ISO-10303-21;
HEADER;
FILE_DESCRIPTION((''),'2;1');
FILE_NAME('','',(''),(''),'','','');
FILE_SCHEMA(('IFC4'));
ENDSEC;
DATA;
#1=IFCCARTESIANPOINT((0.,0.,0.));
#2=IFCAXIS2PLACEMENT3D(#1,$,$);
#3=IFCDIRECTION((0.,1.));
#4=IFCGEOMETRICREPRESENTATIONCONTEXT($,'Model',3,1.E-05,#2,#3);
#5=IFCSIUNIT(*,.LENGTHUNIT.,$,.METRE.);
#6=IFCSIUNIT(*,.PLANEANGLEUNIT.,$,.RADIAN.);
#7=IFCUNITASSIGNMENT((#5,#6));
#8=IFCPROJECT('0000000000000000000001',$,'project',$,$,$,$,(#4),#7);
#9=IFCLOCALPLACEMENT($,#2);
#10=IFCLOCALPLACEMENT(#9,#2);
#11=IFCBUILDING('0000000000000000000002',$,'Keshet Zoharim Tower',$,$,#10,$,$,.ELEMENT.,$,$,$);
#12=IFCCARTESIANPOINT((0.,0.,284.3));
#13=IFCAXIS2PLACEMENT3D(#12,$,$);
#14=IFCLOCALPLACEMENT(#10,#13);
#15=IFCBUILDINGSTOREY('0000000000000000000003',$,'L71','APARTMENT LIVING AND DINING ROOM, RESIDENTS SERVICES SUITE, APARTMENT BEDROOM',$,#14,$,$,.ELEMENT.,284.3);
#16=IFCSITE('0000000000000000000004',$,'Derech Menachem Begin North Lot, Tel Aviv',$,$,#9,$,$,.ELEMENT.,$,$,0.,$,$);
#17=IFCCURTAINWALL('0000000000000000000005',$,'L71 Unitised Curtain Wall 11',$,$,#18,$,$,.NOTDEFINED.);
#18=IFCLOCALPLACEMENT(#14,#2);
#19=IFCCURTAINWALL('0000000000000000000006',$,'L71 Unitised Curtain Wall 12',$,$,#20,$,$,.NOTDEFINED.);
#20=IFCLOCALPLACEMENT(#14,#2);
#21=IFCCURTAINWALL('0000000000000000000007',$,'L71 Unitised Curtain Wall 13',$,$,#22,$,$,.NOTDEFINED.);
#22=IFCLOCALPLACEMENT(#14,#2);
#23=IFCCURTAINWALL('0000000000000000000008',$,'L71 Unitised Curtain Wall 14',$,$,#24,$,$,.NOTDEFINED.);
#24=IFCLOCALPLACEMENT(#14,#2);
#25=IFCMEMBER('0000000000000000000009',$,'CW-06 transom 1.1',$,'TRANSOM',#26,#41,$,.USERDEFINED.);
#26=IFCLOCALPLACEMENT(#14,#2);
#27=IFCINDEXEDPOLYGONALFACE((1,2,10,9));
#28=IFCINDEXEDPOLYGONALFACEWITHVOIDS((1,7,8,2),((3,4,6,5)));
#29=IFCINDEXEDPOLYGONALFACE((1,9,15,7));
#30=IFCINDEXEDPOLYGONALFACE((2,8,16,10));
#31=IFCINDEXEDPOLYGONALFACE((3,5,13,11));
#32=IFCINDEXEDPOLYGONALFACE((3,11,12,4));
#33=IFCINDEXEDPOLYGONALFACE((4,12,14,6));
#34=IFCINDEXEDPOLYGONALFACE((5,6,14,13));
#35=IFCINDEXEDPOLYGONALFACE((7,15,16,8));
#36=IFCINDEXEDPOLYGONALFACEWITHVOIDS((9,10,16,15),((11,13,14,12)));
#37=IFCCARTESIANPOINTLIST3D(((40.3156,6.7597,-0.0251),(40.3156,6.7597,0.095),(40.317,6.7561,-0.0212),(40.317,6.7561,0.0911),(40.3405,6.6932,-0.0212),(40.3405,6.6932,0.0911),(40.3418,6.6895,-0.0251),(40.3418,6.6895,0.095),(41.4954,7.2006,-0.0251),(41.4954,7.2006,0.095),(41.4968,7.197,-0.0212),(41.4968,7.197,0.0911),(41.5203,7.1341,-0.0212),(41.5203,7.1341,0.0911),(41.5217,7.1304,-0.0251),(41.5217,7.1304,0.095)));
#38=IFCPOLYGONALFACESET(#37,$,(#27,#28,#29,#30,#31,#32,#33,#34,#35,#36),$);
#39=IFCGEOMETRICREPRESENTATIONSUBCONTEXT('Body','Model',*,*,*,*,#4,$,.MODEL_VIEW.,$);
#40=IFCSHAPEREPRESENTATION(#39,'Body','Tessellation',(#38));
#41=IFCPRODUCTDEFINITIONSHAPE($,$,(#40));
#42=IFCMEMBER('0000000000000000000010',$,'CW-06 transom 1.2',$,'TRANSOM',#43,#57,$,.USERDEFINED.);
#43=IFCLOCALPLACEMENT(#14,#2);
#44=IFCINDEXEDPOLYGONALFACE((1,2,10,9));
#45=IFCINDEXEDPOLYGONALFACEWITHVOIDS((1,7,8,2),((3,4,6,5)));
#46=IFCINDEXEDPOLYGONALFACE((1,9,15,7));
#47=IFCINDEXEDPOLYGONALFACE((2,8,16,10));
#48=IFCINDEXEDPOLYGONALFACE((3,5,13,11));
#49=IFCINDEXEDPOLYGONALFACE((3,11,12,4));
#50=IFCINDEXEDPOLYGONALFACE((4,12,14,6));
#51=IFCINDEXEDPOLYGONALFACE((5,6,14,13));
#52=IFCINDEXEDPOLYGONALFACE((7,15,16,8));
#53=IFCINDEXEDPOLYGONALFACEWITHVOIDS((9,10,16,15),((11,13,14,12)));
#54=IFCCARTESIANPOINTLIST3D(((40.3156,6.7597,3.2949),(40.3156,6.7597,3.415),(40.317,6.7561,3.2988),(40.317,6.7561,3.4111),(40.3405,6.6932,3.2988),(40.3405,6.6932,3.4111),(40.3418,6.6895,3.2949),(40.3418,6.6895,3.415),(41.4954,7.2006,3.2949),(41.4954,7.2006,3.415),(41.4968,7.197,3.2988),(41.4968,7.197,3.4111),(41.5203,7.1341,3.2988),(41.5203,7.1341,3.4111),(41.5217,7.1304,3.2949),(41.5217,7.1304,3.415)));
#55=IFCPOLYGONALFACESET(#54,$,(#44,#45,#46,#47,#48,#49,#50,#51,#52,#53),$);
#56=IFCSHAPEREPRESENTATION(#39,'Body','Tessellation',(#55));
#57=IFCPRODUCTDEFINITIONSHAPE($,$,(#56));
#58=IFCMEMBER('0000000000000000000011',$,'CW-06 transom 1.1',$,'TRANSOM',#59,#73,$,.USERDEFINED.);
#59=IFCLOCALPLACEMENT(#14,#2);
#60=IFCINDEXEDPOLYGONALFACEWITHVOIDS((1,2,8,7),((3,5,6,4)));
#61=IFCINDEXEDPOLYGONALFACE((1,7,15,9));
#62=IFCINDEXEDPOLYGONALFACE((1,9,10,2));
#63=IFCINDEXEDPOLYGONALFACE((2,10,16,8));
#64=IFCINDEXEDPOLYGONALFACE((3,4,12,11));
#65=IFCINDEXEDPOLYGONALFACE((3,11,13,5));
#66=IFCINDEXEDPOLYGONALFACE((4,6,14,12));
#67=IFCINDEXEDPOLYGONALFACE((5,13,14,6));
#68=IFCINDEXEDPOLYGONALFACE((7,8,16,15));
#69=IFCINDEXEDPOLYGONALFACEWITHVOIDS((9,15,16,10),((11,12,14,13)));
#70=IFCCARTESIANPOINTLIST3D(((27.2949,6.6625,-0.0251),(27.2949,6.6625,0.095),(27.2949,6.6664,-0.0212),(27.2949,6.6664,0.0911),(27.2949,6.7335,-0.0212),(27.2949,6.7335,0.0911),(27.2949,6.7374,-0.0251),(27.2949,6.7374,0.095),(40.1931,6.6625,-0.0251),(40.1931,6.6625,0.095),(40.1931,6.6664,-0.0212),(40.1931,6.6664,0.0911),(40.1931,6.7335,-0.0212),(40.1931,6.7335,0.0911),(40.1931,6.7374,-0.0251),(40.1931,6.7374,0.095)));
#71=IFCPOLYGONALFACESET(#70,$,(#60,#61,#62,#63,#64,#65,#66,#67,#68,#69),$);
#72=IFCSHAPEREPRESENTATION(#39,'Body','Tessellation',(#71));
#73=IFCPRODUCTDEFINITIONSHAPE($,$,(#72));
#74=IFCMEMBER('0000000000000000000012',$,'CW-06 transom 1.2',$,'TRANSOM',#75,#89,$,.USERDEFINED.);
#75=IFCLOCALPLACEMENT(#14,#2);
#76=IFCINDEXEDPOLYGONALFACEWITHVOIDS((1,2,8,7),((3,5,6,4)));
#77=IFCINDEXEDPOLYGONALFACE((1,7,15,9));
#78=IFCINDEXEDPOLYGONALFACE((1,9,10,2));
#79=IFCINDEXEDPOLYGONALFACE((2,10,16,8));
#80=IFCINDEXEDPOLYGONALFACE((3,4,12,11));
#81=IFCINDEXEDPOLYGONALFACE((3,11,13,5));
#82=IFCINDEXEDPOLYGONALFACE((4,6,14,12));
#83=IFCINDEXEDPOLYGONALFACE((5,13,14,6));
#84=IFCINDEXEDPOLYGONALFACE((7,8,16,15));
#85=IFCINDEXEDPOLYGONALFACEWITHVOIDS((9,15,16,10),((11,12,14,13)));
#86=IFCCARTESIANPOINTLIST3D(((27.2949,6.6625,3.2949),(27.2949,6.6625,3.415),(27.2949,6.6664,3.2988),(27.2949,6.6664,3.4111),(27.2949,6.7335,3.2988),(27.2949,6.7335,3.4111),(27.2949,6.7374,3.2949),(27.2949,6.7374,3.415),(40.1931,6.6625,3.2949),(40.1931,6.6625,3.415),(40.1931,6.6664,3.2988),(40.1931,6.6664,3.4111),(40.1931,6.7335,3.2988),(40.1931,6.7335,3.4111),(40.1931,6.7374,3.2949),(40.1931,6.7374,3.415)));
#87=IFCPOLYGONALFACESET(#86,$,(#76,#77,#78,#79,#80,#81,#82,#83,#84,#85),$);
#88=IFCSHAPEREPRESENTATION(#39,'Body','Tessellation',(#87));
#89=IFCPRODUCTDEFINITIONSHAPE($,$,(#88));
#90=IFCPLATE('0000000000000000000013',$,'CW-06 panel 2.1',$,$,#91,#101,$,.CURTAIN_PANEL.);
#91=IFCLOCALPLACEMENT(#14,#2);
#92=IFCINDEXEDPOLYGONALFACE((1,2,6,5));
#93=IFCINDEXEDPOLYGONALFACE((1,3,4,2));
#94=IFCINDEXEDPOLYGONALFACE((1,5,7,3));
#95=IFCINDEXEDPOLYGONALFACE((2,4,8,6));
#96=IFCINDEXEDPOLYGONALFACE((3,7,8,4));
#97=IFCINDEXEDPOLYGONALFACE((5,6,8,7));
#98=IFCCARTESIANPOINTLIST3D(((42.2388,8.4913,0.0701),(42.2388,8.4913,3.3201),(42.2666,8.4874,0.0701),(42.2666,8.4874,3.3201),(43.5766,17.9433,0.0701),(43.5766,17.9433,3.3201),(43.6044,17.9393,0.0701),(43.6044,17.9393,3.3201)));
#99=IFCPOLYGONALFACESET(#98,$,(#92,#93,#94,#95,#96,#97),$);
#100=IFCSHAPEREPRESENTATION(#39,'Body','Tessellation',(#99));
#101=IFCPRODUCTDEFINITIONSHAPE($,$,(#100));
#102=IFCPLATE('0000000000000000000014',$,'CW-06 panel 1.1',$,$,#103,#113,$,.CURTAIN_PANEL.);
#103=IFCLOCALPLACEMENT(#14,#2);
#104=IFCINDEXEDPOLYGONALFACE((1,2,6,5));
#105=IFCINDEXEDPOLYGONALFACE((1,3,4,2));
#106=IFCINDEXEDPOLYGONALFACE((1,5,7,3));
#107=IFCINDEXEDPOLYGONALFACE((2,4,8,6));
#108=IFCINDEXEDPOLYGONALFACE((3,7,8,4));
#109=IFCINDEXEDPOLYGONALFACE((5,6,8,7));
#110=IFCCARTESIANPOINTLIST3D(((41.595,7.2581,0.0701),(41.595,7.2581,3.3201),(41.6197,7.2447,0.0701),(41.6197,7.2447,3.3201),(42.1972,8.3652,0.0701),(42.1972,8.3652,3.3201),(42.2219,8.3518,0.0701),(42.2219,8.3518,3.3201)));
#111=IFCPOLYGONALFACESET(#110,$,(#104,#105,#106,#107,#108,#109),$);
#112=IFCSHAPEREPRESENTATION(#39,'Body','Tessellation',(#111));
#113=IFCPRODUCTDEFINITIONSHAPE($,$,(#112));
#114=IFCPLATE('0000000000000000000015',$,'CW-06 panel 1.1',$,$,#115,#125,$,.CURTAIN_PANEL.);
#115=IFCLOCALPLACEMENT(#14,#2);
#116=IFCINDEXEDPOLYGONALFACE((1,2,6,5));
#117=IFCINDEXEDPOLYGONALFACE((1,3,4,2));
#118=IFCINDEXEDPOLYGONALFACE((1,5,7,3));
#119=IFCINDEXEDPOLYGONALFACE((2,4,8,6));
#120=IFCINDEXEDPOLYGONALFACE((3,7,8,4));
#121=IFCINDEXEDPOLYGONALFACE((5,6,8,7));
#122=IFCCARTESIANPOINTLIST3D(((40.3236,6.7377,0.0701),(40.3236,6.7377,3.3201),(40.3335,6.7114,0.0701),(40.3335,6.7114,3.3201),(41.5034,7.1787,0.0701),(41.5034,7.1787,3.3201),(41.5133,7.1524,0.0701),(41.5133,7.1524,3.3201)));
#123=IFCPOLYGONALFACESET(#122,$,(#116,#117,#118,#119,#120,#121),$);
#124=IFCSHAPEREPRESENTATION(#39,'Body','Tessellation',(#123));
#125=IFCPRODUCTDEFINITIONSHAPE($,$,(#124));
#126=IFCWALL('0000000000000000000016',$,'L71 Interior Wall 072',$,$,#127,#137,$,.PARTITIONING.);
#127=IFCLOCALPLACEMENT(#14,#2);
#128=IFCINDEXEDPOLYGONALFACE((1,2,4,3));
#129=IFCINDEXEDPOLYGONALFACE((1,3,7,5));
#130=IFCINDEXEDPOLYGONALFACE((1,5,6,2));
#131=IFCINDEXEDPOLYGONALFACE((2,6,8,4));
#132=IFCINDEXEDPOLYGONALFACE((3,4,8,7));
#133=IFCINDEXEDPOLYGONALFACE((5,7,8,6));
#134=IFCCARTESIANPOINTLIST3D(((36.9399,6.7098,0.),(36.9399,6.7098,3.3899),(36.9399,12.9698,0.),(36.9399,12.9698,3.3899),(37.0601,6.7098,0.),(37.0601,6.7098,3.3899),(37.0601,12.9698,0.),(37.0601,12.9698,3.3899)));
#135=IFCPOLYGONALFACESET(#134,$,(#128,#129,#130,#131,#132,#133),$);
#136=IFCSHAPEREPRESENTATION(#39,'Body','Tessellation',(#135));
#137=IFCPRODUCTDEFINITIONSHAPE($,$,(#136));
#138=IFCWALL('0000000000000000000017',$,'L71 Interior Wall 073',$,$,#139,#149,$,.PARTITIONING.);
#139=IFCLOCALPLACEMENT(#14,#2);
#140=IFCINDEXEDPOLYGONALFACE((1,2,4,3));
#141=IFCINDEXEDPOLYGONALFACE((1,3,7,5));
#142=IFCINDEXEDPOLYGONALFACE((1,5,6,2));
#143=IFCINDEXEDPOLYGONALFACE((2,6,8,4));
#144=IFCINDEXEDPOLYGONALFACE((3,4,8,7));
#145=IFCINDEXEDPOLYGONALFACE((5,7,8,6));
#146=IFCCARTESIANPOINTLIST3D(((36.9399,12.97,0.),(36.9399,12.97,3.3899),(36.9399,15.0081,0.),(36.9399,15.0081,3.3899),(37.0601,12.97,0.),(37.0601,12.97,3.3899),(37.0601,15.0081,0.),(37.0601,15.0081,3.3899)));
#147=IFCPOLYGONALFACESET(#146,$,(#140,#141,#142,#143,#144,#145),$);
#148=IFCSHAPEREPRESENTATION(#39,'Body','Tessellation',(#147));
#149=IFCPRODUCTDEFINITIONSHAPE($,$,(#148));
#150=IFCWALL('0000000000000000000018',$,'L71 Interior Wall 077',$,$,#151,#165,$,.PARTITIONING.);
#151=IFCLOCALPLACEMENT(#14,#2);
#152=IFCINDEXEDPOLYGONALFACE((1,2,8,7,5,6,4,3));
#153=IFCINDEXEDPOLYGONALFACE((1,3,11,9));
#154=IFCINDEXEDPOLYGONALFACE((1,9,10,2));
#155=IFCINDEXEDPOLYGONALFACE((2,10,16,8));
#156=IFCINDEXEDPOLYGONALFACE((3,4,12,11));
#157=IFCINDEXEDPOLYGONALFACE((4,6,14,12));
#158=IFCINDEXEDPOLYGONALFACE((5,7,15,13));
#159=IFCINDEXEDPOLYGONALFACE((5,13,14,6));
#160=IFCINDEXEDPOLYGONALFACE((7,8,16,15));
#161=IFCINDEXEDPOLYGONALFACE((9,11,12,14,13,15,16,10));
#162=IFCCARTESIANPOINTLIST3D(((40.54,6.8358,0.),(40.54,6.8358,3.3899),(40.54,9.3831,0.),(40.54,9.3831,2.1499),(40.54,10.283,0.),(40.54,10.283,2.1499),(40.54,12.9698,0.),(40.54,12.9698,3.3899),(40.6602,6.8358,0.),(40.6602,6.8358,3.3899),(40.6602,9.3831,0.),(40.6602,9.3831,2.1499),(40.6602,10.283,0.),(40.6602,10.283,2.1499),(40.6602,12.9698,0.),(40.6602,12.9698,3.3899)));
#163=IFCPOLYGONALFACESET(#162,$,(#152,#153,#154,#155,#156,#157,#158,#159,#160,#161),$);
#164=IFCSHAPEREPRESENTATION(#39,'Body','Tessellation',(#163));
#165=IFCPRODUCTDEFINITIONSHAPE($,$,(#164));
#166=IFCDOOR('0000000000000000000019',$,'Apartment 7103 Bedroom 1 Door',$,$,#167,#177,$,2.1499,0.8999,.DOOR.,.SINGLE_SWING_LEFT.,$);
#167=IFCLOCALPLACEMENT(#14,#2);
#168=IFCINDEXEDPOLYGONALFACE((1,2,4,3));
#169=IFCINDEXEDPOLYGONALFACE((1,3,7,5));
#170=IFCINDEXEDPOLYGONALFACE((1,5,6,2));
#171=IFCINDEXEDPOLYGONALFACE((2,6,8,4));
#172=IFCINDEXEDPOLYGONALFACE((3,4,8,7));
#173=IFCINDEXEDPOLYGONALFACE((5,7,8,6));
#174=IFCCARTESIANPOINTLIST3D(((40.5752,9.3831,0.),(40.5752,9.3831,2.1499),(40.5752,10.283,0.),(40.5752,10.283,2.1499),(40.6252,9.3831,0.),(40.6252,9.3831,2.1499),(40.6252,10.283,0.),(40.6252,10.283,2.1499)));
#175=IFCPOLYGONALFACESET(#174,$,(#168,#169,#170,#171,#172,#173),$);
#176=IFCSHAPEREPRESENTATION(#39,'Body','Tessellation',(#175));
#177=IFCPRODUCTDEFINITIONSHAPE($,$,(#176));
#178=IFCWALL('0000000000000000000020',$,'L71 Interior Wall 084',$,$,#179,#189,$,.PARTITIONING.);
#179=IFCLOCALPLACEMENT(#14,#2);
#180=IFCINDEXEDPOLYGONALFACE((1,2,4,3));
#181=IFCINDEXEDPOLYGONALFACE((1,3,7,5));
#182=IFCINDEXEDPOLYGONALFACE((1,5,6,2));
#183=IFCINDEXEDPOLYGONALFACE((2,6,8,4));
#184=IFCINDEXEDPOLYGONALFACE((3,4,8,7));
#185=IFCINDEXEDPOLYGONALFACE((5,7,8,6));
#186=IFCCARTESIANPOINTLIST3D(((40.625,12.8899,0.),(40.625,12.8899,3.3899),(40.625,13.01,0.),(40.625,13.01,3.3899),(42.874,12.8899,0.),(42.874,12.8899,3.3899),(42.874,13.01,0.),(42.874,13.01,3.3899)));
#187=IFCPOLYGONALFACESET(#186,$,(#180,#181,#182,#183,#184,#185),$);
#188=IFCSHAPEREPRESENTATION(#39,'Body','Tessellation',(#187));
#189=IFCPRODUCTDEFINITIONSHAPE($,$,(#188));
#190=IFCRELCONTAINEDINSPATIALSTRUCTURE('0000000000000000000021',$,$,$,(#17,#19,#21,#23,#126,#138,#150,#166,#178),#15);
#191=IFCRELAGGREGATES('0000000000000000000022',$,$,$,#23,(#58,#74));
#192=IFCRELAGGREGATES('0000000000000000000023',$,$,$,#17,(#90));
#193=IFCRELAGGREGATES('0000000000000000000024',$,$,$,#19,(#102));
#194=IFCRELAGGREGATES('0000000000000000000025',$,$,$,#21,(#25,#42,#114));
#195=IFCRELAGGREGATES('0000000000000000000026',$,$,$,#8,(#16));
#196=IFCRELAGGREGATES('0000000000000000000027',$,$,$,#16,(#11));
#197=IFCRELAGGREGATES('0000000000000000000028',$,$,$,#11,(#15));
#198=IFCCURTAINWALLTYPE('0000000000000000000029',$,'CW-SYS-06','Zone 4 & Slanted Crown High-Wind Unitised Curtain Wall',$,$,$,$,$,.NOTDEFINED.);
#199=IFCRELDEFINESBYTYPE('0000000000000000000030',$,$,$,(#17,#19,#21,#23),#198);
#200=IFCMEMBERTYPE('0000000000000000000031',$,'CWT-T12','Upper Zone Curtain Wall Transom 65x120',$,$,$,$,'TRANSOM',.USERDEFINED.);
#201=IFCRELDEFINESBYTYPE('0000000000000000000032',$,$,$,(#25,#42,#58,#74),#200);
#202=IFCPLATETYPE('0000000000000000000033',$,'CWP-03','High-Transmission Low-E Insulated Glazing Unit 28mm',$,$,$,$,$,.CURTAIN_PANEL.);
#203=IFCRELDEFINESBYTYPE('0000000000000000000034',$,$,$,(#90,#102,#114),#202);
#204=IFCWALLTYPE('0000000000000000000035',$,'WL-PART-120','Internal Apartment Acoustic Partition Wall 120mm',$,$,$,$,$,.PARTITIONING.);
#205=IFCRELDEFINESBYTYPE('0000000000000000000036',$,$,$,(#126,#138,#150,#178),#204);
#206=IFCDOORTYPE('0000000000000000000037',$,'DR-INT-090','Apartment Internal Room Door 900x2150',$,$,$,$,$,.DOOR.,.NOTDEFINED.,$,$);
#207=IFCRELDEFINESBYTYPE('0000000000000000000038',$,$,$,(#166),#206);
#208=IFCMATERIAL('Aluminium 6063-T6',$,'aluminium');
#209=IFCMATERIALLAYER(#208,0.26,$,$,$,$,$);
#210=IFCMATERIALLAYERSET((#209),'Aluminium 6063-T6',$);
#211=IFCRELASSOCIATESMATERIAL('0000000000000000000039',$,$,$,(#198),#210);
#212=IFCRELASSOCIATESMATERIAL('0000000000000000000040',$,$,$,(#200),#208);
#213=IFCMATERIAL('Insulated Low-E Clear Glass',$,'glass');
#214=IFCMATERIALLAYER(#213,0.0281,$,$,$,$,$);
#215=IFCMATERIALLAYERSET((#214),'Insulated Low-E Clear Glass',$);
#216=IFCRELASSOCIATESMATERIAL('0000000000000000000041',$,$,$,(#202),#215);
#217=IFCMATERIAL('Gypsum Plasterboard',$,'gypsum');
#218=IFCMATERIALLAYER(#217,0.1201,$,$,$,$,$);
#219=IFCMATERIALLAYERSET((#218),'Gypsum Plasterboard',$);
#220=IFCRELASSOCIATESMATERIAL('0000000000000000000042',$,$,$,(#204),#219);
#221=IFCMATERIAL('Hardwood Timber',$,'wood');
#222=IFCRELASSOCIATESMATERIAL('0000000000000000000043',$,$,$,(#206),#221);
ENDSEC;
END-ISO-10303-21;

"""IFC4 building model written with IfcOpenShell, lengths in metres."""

from ifc_helpers import new_model, si_unit, direction, frame, frame_2d, origin, origin_2d, place, context, subcontext, project, spatial, rectangle, hollow_rectangle, extrude, material, layer, layer_set, material_profile, profile_set, type_object, element, fill, aggregate, save


model = new_model("IFC4")

# Units and contexts
model_context = context("Model", 3, precision=1e-05, world=origin(), true_north=direction((0.0, 1.0)))
body_context = subcontext(model_context, "Body", "Model", "MODEL_VIEW")
ifc_project = project(units=[si_unit("LENGTHUNIT", "METRE"), si_unit("PLANEANGLEUNIT", "RADIAN")], contexts=[model_context])

# Site, building, storey
site_placement = place(None, origin())
site = spatial("IfcSite", under=ifc_project, at=site_placement, Name="Derech Menachem Begin North Lot, Tel Aviv", CompositionType="ELEMENT", RefElevation=0.0)
building_placement = place(site_placement, origin())
building = spatial("IfcBuilding", under=site, at=building_placement, Name="Keshet Zoharim Tower", CompositionType="ELEMENT")
storey_placement = place(building_placement, frame((0.0, 0.0, 284.3)))
storey = spatial("IfcBuildingStorey", under=building, at=storey_placement, Name="L71", Description="APARTMENT LIVING AND DINING ROOM, RESIDENTS SERVICES SUITE, APARTMENT BEDROOM", CompositionType="ELEMENT", Elevation=284.3)

# Curtain wall
ifc_material_1 = material(Name="Aluminium 6063-T6", Category="aluminium")
ifc_layer_1 = layer(ifc_material_1, 0.26)
ifc_layer_set_1 = layer_set([ifc_layer_1], Name="Aluminium 6063-T6")
curtain_wall_type = type_object("IfcCurtainWallType", Name="CW-SYS-06", Description="Zone 4 & Slanted Crown High-Wind Unitised Curtain Wall", PredefinedType="NOTDEFINED", material=ifc_layer_set_1)
curtain_wall_1_placement = place(storey_placement, origin())
curtain_wall_1 = element("IfcCurtainWall", 1, at=curtain_wall_1_placement, inside=storey, type_object=curtain_wall_type, Name="L71 Unitised Curtain Wall 11", PredefinedType="NOTDEFINED")

# Curtain walls
curtain_wall_2_placement = place(storey_placement, origin())
curtain_wall_2 = element("IfcCurtainWall", 2, at=curtain_wall_2_placement, inside=storey, type_object=curtain_wall_type, Name="L71 Unitised Curtain Wall 12", PredefinedType="NOTDEFINED")
curtain_wall_3_placement = place(storey_placement, origin())
curtain_wall_3 = element("IfcCurtainWall", 3, at=curtain_wall_3_placement, inside=storey, type_object=curtain_wall_type, Name="L71 Unitised Curtain Wall 13", PredefinedType="NOTDEFINED")

# Curtain wall
curtain_wall_4_placement = place(storey_placement, origin())
curtain_wall_4 = element("IfcCurtainWall", 4, at=curtain_wall_4_placement, inside=storey, type_object=curtain_wall_type, Name="L71 Unitised Curtain Wall 14", PredefinedType="NOTDEFINED")

# Members
ifc_material_profile_1 = material_profile(ifc_material_1, hollow_rectangle(XDim=0.075, YDim=0.1201, WallThickness=0.0039, at=origin_2d()), Name="TRN-75x120")
ifc_profile_set_1 = profile_set([ifc_material_profile_1], Name="Aluminium 6063-T6")
member_type_1 = type_object("IfcMemberType", Name="CWT-T12", Description="Upper Zone Curtain Wall Transom 65x120", ElementType="TRANSOM", PredefinedType="USERDEFINED", material=ifc_profile_set_1)
member_1_placement = place(storey_placement, frame((41.5085, 7.1655, 0.0349), z_axis=(-0.936735, -0.35004, 0.0), x_axis=(0.35004, -0.936735, 0.0)))
member_1 = element("IfcMember", 5, at=member_1_placement, type_object=member_type_1, Name="CW-06 transom 1.1", ObjectType="TRANSOM", PredefinedType="USERDEFINED", context=body_context, shape_type="SweptSolid", body=[
    extrude(hollow_rectangle(XDim=0.075, YDim=0.1201, WallThickness=0.0039, at=origin_2d()), origin(), (0.0, 0.0, 1.0), 1.2595),
])
member_2_placement = place(storey_placement, frame((41.5085, 7.1655, 3.355), z_axis=(-0.936735, -0.35004, 0.0), x_axis=(0.35004, -0.936735, 0.0)))
member_2 = element("IfcMember", 6, at=member_2_placement, type_object=member_type_1, Name="CW-06 transom 1.2", ObjectType="TRANSOM", PredefinedType="USERDEFINED", context=body_context, shape_type="SweptSolid", body=[
    extrude(hollow_rectangle(XDim=0.075, YDim=0.1201, WallThickness=0.0039, at=origin_2d()), origin(), (0.0, 0.0, 1.0), 1.2595),
])
member_3_placement = place(storey_placement, frame((40.1931, 6.7, 0.0349), z_axis=(-1.0, 0.0, 0.0), x_axis=(0.0, -1.0, 0.0)))
member_3 = element("IfcMember", 7, at=member_3_placement, type_object=member_type_1, Name="CW-06 transom 1.1", ObjectType="TRANSOM", PredefinedType="USERDEFINED", context=body_context, shape_type="SweptSolid", body=[
    extrude(hollow_rectangle(XDim=0.075, YDim=0.1201, WallThickness=0.0039, at=origin_2d()), origin(), (0.0, 0.0, 1.0), 12.8982),
])
member_4_placement = place(storey_placement, frame((40.1931, 6.7, 3.355), z_axis=(-1.0, 0.0, 0.0), x_axis=(0.0, -1.0, 0.0)))
member_4 = element("IfcMember", 8, at=member_4_placement, type_object=member_type_1, Name="CW-06 transom 1.2", ObjectType="TRANSOM", PredefinedType="USERDEFINED", context=body_context, shape_type="SweptSolid", body=[
    extrude(hollow_rectangle(XDim=0.075, YDim=0.1201, WallThickness=0.0039, at=origin_2d()), origin(), (0.0, 0.0, 1.0), 12.8982),
])
aggregate(curtain_wall_4, [member_3, member_4])

# Plates
ifc_material_2 = material(Name="Insulated Low-E Clear Glass", Category="glass")
ifc_layer_2 = layer(ifc_material_2, 0.0281)
ifc_layer_set_2 = layer_set([ifc_layer_2], Name="Insulated Low-E Clear Glass")
plate_type = type_object("IfcPlateType", Name="CWP-03", Description="High-Transmission Low-E Insulated Glazing Unit 28mm", PredefinedType="CURTAIN_PANEL", material=ifc_layer_set_2)
plate_1_placement = place(storey_placement, frame((42.9216, 13.2153, 0.0701), z_axis=(0.0, 0.0, 1.0), x_axis=(-0.140137, -0.990132, 0.0)))
plate_1 = element("IfcPlate", 9, at=plate_1_placement, type_object=plate_type, Name="CW-06 panel 2.1", PredefinedType="CURTAIN_PANEL", context=body_context, shape_type="SweptSolid", body=[
    extrude(rectangle(XDim=9.5461, YDim=0.0281, at=origin_2d()), origin(), (0.0, 0.0, 1.0), 3.25),
])
aggregate(curtain_wall_1, [plate_1])
plate_2_placement = place(storey_placement, frame((41.9084, 7.8049, 0.0701), z_axis=(0.0, 0.0, 1.0), x_axis=(-0.477801, -0.878468, 0.0)))
plate_2 = element("IfcPlate", 10, at=plate_2_placement, type_object=plate_type, Name="CW-06 panel 1.1", PredefinedType="CURTAIN_PANEL", context=body_context, shape_type="SweptSolid", body=[
    extrude(rectangle(XDim=1.2603, YDim=0.0281, at=origin_2d()), origin(), (0.0, 0.0, 1.0), 3.25),
])
aggregate(curtain_wall_2, [plate_2])
plate_3_placement = place(storey_placement, frame((40.9185, 6.9451, 0.0701), z_axis=(0.0, 0.0, 1.0), x_axis=(-0.93671, -0.350105, 0.0)))
plate_3 = element("IfcPlate", 11, at=plate_3_placement, type_object=plate_type, Name="CW-06 panel 1.1", PredefinedType="CURTAIN_PANEL", context=body_context, shape_type="SweptSolid", body=[
    extrude(rectangle(XDim=1.2595, YDim=0.0281, at=origin_2d()), origin(), (0.0, 0.0, 1.0), 3.25),
])
aggregate(curtain_wall_3, [member_1, member_2, plate_3])

# Walls
ifc_material_3 = material(Name="Gypsum Plasterboard", Category="gypsum")
ifc_layer_3 = layer(ifc_material_3, 0.1201)
ifc_layer_set_3 = layer_set([ifc_layer_3], Name="Gypsum Plasterboard")
wall_type_1 = type_object("IfcWallType", Name="WL-PART-120", Description="Internal Apartment Acoustic Partition Wall 120mm", PredefinedType="PARTITIONING", material=ifc_layer_set_3)
wall_1_placement = place(storey_placement, frame((37.0, 6.71, 0.0), z_axis=(0.0, 0.0, 1.0), x_axis=(0.0, 1.0, 0.0)))
element("IfcWall", 12, at=wall_1_placement, inside=storey, type_object=wall_type_1, Name="L71 Interior Wall 072", PredefinedType="PARTITIONING", context=body_context, shape_type="SweptSolid", body=[
    extrude(rectangle(XDim=6.26, YDim=0.1201, at=frame_2d((3.1299, 0.0))), origin(), (0.0, 0.0, 1.0), 3.3899),
])
wall_2_placement = place(storey_placement, frame((37.0, 12.97, 0.0), z_axis=(0.0, 0.0, 1.0), x_axis=(0.0, 1.0, 0.0)))
element("IfcWall", 13, at=wall_2_placement, inside=storey, type_object=wall_type_1, Name="L71 Interior Wall 073", PredefinedType="PARTITIONING", context=body_context, shape_type="SweptSolid", body=[
    extrude(rectangle(XDim=2.0381, YDim=0.1201, at=frame_2d((1.019, 0.0))), origin(), (0.0, 0.0, 1.0), 3.3899),
])

# Wall, opening, door
wall_3_placement = place(storey_placement, frame((40.6001, 6.8359, 0.0), z_axis=(0.0, 0.0, 1.0), x_axis=(0.0, 1.0, 0.0)))
wall_3 = element("IfcWall", 14, at=wall_3_placement, inside=storey, type_object=wall_type_1, Name="L71 Interior Wall 077", PredefinedType="PARTITIONING", context=body_context, shape_type="SweptSolid", body=[
    extrude(rectangle(XDim=6.134, YDim=0.1201, at=frame_2d((3.0669, 0.0))), origin(), (0.0, 0.0, 1.0), 3.3899),
])
opening_1_placement = place(wall_3_placement, frame((2.5471, 0.0, 0.0)))
opening_1 = element("IfcOpeningElement", 15, at=opening_1_placement, cuts=wall_3, PredefinedType="OPENING", context=body_context, shape_type="SweptSolid", body=[
    extrude(rectangle(XDim=0.8999, YDim=2.1499, at=frame_2d((0.45, 1.075))), frame((0.0, 0.0701, 0.0), z_axis=(0.0, -1.0, 0.0), x_axis=(1.0, 0.0, 0.0)), (0.0, 0.0, 1.0), 0.1401),
])
ifc_material_4 = material(Name="Hardwood Timber", Category="wood")
door_type = type_object("IfcDoorType", Name="DR-INT-090", Description="Apartment Internal Room Door 900x2150", OperationType="NOTDEFINED", PredefinedType="DOOR", material=ifc_material_4)
door_1_placement = place(opening_1_placement, origin())
door_1 = element("IfcDoor", 16, at=door_1_placement, inside=storey, type_object=door_type, Name="Apartment 7103 Bedroom 1 Door", OperationType="SINGLE_SWING_LEFT", OverallHeight=2.1499, OverallWidth=0.8999, PredefinedType="DOOR", context=body_context, shape_type="SweptSolid", body=[
    extrude(rectangle(XDim=0.8999, YDim=2.1499, at=frame_2d((0.45, 1.075))), frame((0.0, 0.0249, 0.0), z_axis=(0.0, -1.0, 0.0), x_axis=(1.0, 0.0, 0.0)), (0.0, 0.0, 1.0), 0.05),
])
fill(opening_1, door_1)

# Wall
wall_4_placement = place(storey_placement, frame((40.625, 12.95, 0.0), z_axis=(0.0, 0.0, 1.0), x_axis=(1.0, 0.0, 0.0)))
element("IfcWall", 17, at=wall_4_placement, inside=storey, type_object=wall_type_1, Name="L71 Interior Wall 084", PredefinedType="PARTITIONING", context=body_context, shape_type="SweptSolid", body=[
    extrude(rectangle(XDim=2.249, YDim=0.1201, at=frame_2d((1.1245, 0.0))), origin(), (0.0, 0.0, 1.0), 3.3899),
])

save(model, "model.ifc")
